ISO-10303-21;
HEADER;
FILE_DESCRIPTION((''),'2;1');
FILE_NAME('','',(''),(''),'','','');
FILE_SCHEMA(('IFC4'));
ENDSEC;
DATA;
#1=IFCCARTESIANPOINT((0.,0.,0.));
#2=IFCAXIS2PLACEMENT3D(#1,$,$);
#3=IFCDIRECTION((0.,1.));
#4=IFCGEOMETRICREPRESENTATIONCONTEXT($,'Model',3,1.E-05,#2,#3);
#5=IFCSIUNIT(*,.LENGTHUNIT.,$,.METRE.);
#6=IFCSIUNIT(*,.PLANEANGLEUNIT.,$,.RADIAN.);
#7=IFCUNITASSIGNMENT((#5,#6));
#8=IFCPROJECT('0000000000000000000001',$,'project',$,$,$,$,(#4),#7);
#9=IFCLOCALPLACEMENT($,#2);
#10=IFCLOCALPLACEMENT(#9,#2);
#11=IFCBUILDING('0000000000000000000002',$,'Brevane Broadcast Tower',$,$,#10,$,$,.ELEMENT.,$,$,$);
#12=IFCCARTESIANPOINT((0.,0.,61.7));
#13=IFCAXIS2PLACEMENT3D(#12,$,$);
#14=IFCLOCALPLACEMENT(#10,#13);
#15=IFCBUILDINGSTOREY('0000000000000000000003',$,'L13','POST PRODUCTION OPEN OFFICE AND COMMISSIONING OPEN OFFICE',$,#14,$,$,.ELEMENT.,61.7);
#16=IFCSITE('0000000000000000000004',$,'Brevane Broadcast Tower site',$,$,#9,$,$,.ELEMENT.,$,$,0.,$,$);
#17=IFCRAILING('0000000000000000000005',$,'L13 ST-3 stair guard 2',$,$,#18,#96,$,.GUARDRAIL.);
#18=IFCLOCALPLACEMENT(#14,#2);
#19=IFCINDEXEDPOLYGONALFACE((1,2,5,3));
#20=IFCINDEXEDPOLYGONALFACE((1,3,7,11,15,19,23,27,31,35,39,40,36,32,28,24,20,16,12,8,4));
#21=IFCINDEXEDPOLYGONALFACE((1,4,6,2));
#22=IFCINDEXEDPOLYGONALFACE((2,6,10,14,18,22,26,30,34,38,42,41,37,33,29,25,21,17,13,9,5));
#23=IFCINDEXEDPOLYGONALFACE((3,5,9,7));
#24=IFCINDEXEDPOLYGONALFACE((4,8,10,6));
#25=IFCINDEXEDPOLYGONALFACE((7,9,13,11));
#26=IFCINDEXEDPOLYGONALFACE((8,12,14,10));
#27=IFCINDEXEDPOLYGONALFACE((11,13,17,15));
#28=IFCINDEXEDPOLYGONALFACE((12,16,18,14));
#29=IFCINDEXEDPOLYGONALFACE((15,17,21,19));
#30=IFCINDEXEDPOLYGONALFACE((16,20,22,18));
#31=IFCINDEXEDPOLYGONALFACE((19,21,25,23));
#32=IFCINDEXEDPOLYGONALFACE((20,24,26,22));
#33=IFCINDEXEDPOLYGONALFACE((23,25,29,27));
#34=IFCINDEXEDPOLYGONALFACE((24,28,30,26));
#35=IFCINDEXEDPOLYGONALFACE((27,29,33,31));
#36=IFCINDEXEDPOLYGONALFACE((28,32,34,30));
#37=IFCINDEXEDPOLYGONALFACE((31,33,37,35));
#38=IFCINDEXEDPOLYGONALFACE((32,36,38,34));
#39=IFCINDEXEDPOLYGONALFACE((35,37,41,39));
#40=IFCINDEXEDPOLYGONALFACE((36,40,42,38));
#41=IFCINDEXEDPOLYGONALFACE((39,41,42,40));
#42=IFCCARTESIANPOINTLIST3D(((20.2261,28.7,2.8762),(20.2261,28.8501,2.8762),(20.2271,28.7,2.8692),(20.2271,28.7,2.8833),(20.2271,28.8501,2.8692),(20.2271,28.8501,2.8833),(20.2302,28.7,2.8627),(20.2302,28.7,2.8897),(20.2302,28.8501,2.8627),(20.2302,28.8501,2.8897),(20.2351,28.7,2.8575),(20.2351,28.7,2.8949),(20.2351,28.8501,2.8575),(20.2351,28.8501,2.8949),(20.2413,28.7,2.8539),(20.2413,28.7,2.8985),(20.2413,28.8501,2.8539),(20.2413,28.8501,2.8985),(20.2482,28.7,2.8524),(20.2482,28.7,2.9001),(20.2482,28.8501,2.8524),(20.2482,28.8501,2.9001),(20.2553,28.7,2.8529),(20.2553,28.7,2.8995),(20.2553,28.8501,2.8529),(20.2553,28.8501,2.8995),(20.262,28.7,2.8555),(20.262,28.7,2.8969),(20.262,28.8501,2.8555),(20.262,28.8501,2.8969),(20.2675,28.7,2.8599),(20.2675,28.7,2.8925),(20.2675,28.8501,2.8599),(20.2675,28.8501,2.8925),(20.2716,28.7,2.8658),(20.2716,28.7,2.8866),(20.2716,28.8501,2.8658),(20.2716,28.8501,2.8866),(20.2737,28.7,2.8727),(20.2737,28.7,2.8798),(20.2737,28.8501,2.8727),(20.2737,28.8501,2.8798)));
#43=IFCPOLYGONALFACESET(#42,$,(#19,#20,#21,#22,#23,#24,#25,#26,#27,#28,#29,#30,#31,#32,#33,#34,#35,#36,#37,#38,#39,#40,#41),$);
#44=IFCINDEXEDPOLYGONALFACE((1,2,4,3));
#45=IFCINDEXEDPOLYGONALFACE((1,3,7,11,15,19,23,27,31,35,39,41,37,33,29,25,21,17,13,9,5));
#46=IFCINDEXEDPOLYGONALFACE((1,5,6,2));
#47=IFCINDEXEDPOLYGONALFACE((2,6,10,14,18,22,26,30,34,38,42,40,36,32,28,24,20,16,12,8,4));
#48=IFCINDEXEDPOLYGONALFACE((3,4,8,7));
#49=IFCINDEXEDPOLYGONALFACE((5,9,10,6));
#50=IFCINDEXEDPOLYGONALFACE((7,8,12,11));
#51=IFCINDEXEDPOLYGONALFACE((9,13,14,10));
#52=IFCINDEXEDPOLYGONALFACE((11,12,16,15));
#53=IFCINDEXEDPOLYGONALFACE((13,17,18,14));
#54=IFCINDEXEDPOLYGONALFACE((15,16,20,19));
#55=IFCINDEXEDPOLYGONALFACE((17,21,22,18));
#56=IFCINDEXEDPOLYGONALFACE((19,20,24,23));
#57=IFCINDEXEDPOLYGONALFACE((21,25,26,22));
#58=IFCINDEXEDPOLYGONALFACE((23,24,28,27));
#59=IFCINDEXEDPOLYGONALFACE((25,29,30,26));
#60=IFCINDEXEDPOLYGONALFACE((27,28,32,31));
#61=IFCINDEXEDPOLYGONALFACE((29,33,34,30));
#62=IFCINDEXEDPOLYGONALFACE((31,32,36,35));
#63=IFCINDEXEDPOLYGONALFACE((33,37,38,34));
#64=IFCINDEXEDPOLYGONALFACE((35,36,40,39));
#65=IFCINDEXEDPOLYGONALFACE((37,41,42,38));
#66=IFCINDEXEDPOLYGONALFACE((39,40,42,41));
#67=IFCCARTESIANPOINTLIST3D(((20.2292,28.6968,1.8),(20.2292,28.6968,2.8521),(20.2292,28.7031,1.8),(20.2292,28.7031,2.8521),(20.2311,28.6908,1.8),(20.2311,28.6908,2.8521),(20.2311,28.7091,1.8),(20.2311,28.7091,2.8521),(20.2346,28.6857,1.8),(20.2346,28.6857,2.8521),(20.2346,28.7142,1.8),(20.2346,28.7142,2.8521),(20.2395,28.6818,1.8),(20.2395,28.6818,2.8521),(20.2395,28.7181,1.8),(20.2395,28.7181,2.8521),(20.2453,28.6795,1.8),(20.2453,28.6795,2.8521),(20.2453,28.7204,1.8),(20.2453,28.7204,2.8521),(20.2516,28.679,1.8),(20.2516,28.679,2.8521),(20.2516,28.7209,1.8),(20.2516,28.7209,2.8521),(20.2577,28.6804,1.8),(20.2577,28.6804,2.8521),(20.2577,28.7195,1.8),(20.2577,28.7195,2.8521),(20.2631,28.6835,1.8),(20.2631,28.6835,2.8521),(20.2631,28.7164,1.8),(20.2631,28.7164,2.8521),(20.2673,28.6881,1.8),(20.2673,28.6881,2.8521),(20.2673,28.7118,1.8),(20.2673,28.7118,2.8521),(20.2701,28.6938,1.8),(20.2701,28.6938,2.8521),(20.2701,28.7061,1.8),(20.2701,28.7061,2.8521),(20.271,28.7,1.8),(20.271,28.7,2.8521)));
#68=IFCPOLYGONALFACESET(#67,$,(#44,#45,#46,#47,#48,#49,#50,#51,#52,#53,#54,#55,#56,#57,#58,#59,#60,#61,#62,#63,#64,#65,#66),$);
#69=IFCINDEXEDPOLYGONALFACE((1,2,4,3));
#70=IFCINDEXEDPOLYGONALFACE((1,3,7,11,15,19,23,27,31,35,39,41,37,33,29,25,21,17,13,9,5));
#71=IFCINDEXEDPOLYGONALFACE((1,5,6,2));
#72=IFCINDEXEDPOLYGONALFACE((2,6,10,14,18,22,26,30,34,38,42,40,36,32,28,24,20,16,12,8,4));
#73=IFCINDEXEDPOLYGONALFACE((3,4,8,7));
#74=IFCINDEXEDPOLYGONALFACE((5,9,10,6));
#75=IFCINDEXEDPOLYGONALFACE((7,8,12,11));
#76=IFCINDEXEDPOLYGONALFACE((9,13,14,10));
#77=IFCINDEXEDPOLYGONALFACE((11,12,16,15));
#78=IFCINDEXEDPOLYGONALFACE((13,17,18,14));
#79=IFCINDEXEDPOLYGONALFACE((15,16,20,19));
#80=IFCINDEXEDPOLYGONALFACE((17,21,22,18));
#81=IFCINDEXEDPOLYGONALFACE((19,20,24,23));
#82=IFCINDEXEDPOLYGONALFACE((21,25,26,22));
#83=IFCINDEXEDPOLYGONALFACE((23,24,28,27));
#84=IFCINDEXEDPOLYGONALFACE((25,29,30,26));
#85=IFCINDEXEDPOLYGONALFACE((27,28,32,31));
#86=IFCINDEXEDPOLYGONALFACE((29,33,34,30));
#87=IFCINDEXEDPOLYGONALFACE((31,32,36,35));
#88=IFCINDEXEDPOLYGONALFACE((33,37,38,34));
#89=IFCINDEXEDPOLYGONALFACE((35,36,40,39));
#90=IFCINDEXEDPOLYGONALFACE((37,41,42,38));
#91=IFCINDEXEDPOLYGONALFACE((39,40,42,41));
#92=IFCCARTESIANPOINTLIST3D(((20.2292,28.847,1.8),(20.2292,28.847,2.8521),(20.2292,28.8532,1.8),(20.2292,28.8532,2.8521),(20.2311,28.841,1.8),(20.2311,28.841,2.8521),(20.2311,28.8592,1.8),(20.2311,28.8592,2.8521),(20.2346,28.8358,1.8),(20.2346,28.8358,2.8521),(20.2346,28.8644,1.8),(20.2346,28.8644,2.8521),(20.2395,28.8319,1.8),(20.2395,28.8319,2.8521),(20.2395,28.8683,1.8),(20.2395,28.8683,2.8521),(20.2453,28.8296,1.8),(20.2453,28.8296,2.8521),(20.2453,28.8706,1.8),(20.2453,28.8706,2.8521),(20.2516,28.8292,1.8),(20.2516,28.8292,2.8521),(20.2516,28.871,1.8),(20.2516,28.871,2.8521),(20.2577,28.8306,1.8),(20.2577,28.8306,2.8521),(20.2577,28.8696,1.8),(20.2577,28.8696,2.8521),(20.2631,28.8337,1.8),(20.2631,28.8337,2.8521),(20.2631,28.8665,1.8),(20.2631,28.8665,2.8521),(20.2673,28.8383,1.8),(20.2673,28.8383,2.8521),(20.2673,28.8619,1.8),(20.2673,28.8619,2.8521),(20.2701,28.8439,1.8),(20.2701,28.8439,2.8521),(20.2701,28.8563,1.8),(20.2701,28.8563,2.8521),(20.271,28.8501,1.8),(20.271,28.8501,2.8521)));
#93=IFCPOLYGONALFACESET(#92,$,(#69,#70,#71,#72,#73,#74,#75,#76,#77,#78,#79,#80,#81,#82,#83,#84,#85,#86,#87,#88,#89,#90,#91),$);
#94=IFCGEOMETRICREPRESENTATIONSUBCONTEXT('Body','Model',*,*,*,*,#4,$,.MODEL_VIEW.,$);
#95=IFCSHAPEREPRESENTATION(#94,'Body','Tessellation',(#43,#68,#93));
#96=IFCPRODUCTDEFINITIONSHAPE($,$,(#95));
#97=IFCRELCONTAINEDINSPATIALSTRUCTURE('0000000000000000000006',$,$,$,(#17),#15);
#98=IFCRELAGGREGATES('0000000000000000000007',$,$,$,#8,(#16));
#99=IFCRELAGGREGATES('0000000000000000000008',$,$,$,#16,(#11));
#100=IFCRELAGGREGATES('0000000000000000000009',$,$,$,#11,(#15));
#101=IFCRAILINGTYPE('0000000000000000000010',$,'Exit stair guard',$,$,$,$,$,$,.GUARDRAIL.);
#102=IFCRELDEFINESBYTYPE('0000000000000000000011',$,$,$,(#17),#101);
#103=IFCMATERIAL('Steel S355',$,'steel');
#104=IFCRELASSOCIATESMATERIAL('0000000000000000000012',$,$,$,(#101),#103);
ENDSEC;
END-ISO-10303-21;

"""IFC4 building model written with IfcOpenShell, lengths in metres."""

from ifc_helpers import new_model, si_unit, direction, frame, origin, origin_2d, place, context, subcontext, project, spatial, circle, extrude, material, type_object, element, save


model = new_model("IFC4")

# Units and contexts
model_context = context("Model", 3, precision=1e-05, world=origin(), true_north=direction((0.0, 1.0)))
body_context = subcontext(model_context, "Body", "Model", "MODEL_VIEW")
ifc_project = project(units=[si_unit("LENGTHUNIT", "METRE"), si_unit("PLANEANGLEUNIT", "RADIAN")], contexts=[model_context])

# Site, building, storey
site_placement = place(None, origin())
site = spatial("IfcSite", under=ifc_project, at=site_placement, Name="Brevane Broadcast Tower site", CompositionType="ELEMENT", RefElevation=0.0)
building_placement = place(site_placement, origin())
building = spatial("IfcBuilding", under=site, at=building_placement, Name="Brevane Broadcast Tower", CompositionType="ELEMENT")
storey_placement = place(building_placement, frame((0.0, 0.0, 61.7)))
storey = spatial("IfcBuildingStorey", under=building, at=storey_placement, Name="L13", Description="POST PRODUCTION OPEN OFFICE AND COMMISSIONING OPEN OFFICE", CompositionType="ELEMENT", Elevation=61.7)

# Railing
ifc_material_1 = material(Name="Steel S355", Category="steel")
railing_type_1 = type_object("IfcRailingType", Name="Exit stair guard", PredefinedType="GUARDRAIL", material=ifc_material_1)
railing_1_placement = place(storey_placement, frame((20.25, 28.7, 1.8)))
element("IfcRailing", 1, at=railing_1_placement, inside=storey, type_object=railing_type_1, Name="L13 ST-3 stair guard 2", PredefinedType="GUARDRAIL", context=body_context, shape_type="SweptSolid", body=[
    extrude(circle(Radius=0.0239, at=origin_2d()), frame((0.0, 0.0, 1.0762), z_axis=(0.0, 1.0, 0.0), x_axis=(-1.0, 0.0, 0.0)), (0.0, 0.0, 1.0), 0.1501),
    extrude(circle(Radius=0.021, at=origin_2d()), origin(), (0.0, 0.0, 1.0), 1.052),
    extrude(circle(Radius=0.021, at=origin_2d()), frame((0.0, 0.1501, 0.0)), (0.0, 0.0, 1.0), 1.052),
])

save(model, "model.ifc")
